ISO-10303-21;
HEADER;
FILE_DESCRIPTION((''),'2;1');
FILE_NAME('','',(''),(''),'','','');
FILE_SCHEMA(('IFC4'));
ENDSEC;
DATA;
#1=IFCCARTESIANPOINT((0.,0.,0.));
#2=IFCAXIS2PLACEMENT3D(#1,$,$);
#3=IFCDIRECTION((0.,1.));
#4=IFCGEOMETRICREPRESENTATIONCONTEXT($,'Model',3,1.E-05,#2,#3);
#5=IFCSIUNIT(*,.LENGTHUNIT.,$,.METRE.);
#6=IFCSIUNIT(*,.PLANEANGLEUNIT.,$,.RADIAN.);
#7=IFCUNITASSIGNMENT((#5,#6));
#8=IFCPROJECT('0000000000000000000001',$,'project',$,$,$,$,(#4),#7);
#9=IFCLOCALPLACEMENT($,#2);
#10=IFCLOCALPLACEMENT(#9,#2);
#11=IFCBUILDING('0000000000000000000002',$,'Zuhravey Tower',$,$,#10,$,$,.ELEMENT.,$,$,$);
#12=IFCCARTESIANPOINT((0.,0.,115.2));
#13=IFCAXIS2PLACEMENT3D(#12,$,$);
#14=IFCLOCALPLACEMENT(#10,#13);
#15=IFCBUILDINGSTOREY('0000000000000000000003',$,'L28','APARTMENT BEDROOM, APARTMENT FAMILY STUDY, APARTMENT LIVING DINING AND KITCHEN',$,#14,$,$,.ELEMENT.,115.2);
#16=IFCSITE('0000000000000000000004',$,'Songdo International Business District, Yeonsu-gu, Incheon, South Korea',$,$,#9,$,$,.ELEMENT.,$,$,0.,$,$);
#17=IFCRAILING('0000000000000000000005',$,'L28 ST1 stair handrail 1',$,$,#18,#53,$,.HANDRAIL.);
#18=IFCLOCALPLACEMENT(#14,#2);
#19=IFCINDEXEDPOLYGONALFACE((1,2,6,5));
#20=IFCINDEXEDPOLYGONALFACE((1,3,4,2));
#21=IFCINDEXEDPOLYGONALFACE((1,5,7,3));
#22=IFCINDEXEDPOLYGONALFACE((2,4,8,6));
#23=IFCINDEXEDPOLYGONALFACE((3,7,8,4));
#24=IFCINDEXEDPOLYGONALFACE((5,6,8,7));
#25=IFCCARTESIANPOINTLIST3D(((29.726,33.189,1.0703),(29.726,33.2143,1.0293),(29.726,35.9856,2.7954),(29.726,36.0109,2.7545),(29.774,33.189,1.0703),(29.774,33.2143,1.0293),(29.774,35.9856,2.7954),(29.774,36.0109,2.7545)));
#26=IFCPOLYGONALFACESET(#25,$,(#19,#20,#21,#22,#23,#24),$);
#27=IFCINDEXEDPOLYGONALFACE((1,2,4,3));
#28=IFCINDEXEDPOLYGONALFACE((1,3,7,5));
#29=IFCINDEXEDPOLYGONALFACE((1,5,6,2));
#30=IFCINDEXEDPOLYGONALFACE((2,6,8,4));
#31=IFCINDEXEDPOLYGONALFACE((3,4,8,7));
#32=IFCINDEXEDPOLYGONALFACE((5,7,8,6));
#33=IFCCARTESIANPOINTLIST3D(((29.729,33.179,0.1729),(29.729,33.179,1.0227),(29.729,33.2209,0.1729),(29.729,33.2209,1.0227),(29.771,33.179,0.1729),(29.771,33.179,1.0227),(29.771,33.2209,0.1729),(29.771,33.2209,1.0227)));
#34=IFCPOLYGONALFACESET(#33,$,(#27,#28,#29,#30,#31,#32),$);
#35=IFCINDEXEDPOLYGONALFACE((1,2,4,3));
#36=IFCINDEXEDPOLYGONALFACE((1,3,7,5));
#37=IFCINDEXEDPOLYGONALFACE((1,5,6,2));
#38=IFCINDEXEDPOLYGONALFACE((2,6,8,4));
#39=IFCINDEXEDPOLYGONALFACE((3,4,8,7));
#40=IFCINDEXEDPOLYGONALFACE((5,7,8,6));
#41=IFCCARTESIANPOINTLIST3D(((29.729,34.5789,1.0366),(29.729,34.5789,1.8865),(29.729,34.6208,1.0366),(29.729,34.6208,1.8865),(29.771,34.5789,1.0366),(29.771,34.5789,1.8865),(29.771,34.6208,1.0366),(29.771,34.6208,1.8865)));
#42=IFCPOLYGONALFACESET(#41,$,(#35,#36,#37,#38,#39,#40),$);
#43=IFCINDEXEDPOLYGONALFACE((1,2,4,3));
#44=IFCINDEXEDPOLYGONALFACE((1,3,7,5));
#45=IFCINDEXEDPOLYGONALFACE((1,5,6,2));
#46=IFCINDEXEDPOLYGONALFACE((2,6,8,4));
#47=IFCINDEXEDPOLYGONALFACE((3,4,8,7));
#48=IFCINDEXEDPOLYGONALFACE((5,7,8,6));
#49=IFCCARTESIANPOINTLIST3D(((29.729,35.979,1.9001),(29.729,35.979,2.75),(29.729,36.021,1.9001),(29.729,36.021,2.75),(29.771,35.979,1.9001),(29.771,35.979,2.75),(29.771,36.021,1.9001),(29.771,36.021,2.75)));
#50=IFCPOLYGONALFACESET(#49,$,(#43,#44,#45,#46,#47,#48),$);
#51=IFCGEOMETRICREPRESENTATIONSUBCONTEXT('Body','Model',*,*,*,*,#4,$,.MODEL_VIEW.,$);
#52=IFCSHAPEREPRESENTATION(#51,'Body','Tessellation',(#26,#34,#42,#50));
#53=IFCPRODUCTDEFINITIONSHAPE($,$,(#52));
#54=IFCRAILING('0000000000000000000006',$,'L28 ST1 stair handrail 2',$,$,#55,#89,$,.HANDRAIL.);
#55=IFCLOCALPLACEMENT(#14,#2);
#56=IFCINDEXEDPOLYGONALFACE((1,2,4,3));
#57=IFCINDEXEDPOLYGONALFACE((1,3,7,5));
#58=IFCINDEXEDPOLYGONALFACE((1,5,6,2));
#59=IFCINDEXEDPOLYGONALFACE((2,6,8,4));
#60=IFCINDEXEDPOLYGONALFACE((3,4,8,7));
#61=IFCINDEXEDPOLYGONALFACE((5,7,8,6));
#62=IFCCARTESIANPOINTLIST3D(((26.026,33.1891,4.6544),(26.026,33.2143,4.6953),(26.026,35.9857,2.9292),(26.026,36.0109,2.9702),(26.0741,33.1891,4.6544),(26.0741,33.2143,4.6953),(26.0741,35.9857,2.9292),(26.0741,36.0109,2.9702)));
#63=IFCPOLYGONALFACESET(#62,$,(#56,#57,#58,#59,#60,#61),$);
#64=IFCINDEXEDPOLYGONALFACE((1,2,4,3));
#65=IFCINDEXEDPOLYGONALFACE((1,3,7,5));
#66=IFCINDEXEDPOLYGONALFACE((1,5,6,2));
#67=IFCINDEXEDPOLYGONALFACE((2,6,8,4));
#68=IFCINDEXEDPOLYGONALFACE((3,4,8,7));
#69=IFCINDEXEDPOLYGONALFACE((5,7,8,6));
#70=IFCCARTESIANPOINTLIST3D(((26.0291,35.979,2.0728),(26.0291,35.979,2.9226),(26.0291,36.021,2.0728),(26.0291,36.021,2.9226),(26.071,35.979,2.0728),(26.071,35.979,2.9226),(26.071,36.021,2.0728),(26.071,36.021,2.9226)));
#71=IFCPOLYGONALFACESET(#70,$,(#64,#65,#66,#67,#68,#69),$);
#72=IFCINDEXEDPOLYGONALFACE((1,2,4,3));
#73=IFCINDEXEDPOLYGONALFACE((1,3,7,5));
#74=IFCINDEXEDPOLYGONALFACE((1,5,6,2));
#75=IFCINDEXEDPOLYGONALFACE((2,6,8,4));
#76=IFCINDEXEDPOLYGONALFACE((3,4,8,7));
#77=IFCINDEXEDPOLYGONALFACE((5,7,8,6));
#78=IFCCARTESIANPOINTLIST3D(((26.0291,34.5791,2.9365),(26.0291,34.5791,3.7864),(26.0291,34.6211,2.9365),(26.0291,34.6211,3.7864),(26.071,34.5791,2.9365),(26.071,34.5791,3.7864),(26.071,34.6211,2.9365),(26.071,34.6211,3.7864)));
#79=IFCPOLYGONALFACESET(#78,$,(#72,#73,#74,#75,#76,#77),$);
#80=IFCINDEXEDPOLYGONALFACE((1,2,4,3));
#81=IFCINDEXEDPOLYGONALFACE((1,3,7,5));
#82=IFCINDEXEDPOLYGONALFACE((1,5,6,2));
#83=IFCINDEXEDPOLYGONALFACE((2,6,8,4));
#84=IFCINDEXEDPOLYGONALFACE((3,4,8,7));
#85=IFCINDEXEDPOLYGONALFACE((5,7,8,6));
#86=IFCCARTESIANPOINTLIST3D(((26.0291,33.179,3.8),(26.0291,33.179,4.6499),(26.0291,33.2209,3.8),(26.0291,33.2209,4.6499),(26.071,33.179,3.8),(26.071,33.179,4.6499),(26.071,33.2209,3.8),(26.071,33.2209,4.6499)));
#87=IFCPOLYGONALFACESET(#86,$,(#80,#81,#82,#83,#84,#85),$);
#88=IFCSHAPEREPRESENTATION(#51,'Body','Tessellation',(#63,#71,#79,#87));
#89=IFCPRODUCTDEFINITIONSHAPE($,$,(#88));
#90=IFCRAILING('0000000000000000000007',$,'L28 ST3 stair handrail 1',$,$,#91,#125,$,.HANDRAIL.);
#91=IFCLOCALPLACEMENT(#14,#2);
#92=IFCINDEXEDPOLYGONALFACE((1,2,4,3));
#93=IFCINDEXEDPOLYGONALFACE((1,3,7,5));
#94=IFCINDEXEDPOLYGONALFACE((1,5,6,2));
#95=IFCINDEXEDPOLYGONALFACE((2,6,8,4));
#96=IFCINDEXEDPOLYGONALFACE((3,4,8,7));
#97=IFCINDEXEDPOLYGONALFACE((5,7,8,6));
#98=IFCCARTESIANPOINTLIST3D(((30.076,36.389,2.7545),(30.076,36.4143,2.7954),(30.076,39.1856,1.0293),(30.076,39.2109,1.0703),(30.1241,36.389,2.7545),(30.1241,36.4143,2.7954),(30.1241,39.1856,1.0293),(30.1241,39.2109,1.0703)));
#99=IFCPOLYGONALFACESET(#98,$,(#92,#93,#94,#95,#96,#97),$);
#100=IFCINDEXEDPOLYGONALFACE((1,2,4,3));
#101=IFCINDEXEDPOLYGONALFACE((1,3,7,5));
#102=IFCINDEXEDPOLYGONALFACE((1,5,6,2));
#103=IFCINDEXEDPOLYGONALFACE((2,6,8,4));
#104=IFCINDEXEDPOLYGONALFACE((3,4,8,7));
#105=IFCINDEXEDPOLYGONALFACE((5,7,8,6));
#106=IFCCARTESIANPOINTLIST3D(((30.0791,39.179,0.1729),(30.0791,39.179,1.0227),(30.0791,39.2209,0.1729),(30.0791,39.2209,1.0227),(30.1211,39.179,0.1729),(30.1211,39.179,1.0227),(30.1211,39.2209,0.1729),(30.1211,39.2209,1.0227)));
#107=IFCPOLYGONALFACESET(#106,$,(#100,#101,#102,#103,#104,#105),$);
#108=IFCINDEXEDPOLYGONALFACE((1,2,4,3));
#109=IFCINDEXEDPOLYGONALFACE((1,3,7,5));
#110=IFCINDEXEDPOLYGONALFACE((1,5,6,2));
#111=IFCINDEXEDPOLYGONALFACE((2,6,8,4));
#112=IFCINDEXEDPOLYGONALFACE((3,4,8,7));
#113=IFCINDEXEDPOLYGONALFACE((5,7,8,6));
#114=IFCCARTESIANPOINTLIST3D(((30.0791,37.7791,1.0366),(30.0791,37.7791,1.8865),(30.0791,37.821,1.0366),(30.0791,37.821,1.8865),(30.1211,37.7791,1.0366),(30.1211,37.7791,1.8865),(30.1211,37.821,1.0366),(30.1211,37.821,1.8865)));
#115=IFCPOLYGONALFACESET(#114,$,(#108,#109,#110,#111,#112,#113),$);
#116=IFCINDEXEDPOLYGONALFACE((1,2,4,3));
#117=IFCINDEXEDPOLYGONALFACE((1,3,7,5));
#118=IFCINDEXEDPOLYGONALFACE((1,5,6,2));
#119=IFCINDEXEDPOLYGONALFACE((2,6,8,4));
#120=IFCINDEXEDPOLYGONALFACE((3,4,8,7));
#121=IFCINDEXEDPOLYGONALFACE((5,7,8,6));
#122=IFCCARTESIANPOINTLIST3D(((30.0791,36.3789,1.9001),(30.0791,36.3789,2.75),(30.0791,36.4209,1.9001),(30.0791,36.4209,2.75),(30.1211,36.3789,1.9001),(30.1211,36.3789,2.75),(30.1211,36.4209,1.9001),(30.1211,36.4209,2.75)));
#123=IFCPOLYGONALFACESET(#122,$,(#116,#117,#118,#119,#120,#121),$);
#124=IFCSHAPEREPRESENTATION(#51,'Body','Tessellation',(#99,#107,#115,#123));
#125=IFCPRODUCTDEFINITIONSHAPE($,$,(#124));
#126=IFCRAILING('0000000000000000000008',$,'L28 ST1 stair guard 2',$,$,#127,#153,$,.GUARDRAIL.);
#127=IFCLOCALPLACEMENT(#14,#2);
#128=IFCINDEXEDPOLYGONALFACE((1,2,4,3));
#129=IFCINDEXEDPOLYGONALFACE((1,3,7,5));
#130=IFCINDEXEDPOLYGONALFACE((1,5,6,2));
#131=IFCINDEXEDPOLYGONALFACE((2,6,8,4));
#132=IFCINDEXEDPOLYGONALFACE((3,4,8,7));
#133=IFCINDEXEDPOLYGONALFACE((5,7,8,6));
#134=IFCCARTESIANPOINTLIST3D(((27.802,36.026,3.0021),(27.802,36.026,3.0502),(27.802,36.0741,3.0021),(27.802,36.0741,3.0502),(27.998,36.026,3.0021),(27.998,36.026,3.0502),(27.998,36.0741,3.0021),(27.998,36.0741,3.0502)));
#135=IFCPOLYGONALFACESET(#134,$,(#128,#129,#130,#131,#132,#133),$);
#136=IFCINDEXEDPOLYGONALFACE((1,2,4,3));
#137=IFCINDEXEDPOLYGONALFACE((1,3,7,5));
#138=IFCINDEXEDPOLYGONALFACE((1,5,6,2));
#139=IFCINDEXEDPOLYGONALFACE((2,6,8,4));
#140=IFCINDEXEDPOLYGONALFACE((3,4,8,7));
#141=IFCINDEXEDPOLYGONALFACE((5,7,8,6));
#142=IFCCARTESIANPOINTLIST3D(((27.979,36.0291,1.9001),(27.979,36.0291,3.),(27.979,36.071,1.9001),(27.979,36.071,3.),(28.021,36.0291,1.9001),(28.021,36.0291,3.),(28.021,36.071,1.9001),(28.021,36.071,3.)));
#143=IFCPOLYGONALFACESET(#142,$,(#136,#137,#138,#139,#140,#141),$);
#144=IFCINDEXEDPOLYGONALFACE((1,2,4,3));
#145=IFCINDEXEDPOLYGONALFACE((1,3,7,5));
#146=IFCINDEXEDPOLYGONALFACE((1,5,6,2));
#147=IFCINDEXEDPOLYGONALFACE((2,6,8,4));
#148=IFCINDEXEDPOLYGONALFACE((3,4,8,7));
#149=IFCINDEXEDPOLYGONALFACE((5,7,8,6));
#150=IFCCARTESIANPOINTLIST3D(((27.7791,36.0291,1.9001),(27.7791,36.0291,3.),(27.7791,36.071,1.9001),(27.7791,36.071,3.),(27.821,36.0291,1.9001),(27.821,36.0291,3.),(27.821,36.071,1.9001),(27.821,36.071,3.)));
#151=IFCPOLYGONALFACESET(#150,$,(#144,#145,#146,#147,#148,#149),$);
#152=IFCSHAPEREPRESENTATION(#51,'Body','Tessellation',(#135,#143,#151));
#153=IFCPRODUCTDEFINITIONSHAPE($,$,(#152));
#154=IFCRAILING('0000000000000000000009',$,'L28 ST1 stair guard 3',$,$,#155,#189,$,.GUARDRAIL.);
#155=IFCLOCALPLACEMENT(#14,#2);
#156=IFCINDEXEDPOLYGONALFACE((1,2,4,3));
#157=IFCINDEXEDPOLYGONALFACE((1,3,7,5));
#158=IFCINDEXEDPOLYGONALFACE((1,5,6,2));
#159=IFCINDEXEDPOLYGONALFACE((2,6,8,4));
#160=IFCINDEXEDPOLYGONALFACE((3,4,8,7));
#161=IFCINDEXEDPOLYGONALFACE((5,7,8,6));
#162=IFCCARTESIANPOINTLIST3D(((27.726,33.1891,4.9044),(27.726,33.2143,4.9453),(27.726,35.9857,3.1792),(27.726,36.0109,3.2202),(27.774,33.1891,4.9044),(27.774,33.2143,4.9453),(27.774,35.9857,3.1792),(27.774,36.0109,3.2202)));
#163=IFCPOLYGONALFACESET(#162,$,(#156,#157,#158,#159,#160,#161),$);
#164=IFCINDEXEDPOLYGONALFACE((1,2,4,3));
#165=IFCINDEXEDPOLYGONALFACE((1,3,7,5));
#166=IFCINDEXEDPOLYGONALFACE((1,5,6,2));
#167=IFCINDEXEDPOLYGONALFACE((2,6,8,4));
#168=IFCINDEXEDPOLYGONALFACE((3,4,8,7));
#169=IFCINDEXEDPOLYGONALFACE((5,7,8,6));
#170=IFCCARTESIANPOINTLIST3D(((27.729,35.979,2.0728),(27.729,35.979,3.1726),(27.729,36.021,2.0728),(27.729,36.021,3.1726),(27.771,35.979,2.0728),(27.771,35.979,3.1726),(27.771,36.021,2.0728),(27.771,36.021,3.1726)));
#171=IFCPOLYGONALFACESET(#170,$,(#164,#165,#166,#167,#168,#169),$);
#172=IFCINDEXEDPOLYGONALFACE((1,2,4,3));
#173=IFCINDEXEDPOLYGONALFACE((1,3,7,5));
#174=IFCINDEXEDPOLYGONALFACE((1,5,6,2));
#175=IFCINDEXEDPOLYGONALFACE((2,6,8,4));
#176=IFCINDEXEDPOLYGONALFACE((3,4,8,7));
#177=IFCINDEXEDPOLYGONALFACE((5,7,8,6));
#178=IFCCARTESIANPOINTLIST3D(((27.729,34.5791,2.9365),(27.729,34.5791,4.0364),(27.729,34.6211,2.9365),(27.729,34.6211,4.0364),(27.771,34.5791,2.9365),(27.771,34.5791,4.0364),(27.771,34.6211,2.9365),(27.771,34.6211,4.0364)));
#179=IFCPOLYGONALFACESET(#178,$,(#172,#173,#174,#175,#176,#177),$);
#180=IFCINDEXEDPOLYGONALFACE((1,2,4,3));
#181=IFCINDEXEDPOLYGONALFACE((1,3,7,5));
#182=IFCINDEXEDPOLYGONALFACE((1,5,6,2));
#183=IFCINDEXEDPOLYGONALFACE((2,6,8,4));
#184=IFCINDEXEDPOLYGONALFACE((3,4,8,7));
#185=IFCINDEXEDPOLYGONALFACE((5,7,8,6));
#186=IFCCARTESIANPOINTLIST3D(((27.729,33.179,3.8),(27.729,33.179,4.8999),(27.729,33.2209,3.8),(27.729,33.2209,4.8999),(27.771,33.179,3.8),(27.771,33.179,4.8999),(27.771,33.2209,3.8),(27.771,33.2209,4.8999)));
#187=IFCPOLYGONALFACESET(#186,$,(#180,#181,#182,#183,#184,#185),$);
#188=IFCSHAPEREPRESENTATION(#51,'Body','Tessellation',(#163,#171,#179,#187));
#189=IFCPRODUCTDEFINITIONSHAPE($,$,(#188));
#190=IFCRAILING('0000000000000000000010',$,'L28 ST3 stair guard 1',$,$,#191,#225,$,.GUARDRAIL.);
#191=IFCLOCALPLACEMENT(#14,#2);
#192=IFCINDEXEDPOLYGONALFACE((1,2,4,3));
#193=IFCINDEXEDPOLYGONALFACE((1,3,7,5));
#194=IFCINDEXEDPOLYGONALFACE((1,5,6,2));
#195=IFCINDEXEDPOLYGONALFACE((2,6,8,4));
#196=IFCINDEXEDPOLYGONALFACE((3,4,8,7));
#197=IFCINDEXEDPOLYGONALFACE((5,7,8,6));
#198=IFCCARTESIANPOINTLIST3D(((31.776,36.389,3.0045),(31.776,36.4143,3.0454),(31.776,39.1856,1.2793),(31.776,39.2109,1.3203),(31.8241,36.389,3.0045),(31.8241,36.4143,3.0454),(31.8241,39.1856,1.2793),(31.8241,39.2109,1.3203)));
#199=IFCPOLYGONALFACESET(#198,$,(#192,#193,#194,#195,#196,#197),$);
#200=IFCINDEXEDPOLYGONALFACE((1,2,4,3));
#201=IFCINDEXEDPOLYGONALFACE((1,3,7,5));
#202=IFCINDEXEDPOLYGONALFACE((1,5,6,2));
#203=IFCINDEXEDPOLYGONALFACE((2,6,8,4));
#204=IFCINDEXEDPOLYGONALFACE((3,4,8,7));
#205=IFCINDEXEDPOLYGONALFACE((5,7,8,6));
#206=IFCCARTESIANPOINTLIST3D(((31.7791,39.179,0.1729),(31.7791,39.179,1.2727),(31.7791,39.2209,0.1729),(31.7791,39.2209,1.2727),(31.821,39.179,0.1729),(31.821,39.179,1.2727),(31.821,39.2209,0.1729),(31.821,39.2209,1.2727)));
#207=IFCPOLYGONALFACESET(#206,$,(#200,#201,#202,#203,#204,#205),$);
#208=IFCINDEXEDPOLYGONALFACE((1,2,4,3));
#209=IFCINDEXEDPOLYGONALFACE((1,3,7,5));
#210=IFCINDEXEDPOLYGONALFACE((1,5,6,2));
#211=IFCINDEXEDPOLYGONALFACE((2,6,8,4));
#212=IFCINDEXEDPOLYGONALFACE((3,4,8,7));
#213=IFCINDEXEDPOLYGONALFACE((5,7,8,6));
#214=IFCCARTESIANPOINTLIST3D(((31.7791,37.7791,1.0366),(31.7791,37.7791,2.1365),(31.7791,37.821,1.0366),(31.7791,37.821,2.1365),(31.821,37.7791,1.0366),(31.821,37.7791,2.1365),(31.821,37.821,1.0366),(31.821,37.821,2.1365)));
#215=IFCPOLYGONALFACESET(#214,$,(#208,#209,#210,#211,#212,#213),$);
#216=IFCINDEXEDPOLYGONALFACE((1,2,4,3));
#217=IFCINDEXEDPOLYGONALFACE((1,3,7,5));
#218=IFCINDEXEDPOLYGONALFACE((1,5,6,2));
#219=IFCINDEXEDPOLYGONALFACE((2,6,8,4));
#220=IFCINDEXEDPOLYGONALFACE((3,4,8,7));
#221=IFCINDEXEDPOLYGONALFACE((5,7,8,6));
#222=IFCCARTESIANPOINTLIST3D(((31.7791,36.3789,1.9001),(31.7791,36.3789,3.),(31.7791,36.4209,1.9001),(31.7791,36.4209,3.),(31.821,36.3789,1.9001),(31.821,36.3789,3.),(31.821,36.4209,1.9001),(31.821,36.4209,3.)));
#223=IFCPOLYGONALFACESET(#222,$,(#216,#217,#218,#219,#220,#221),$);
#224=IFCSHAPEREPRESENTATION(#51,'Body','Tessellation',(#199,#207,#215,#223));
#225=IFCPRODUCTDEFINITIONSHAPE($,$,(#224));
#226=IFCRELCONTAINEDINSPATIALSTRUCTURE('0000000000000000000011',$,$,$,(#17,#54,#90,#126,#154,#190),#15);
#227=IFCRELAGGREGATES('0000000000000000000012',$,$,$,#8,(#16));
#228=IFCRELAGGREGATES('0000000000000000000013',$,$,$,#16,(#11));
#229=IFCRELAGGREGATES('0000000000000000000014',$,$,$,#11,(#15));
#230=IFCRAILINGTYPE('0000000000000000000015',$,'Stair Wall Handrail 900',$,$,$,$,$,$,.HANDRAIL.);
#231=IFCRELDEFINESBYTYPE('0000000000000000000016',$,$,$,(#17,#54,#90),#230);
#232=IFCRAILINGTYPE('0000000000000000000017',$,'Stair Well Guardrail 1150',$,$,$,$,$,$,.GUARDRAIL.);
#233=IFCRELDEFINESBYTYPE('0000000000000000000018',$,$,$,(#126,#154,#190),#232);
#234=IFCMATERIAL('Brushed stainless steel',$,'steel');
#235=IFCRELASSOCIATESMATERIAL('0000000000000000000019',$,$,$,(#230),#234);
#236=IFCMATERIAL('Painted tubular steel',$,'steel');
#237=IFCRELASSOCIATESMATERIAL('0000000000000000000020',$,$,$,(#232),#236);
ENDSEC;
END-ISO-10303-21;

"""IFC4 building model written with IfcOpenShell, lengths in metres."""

from ifc_helpers import new_model, si_unit, direction, frame, origin, origin_2d, place, context, subcontext, project, spatial, rectangle, extrude, material, type_object, element, save


model = new_model("IFC4")

# Units and contexts
model_context = context("Model", 3, precision=1e-05, world=origin(), true_north=direction((0.0, 1.0)))
body_context = subcontext(model_context, "Body", "Model", "MODEL_VIEW")
ifc_project = project(units=[si_unit("LENGTHUNIT", "METRE"), si_unit("PLANEANGLEUNIT", "RADIAN")], contexts=[model_context])

# Site, building, storey
site_placement = place(None, origin())
site = spatial("IfcSite", under=ifc_project, at=site_placement, Name="Songdo International Business District, Yeonsu-gu, Incheon, South Korea", CompositionType="ELEMENT", RefElevation=0.0)
building_placement = place(site_placement, origin())
building = spatial("IfcBuilding", under=site, at=building_placement, Name="Zuhravey Tower", CompositionType="ELEMENT")
storey_placement = place(building_placement, frame((0.0, 0.0, 115.2)))
storey = spatial("IfcBuildingStorey", under=building, at=storey_placement, Name="L28", Description="APARTMENT BEDROOM, APARTMENT FAMILY STUDY, APARTMENT LIVING DINING AND KITCHEN", CompositionType="ELEMENT", Elevation=115.2)

# Railings
ifc_material_1 = material(Name="Brushed stainless steel", Category="steel")
railing_type_1 = type_object("IfcRailingType", Name="Stair Wall Handrail 900", PredefinedType="HANDRAIL", material=ifc_material_1)
railing_1_placement = place(storey_placement, frame((29.75, 33.2, 0.1729)))
element("IfcRailing", 1, at=railing_1_placement, inside=storey, type_object=railing_type_1, Name="L28 ST1 stair handrail 1", PredefinedType="HANDRAIL", context=body_context, shape_type="SweptSolid", body=[
    extrude(rectangle(XDim=0.0481, YDim=0.0481, at=origin_2d()), frame((0.0, 0.0017, 0.877), z_axis=(0.0, 0.85109, 0.52502), x_axis=(-1.0, 0.0, 0.0)), (0.0, 0.0, 1.0), 3.2859),
    extrude(rectangle(XDim=0.042, YDim=0.042, at=origin_2d()), origin(), (0.0, 0.0, 1.0), 0.8499),
    extrude(rectangle(XDim=0.042, YDim=0.042, at=origin_2d()), frame((0.0, 1.3999, 0.8638)), (0.0, 0.0, 1.0), 0.8499),
    extrude(rectangle(XDim=0.042, YDim=0.042, at=origin_2d()), frame((0.0, 2.8, 1.7273)), (0.0, 0.0, 1.0), 0.8499),
])
for number, where, name in (
    (2, (26.05, 36.0, 2.0728), "L28 ST1 stair handrail 2"),
    (3, (30.1001, 39.2, 0.1729), "L28 ST3 stair handrail 1"),
):
    element("IfcRailing", number, at=place(storey_placement, frame(where)), inside=storey, type_object=railing_type_1, Name=name, PredefinedType="HANDRAIL", context=body_context, shape_type="SweptSolid", body=[
        extrude(rectangle(XDim=0.0481, YDim=0.0481, at=origin_2d()), frame((0.0, -0.0017, 0.877), z_axis=(0.0, -0.85109, 0.52502), x_axis=(1.0, 0.0, 0.0)), (0.0, 0.0, 1.0), 3.2859),
        extrude(rectangle(XDim=0.042, YDim=0.042, at=origin_2d()), origin(), (0.0, 0.0, 1.0), 0.8499),
        extrude(rectangle(XDim=0.042, YDim=0.042, at=origin_2d()), frame((0.0, -1.3999, 0.8638)), (0.0, 0.0, 1.0), 0.8499),
        extrude(rectangle(XDim=0.042, YDim=0.042, at=origin_2d()), frame((0.0, -2.8, 1.7273)), (0.0, 0.0, 1.0), 0.8499),
    ])
ifc_material_2 = material(Name="Painted tubular steel", Category="steel")
railing_type_2 = type_object("IfcRailingType", Name="Stair Well Guardrail 1150", PredefinedType="GUARDRAIL", material=ifc_material_2)
railing_2_placement = place(storey_placement, frame((28.0, 36.05, 1.9001)))
element("IfcRailing", 4, at=railing_2_placement, inside=storey, type_object=railing_type_2, Name="L28 ST1 stair guard 2", PredefinedType="GUARDRAIL", context=body_context, shape_type="SweptSolid", body=[
    extrude(rectangle(XDim=0.0481, YDim=0.0481, at=origin_2d()), frame((-0.002, 0.0, 1.126), z_axis=(-1.0, 0.0, 0.0), x_axis=(0.0, -1.0, 0.0)), (0.0, 0.0, 1.0), 0.196),
    extrude(rectangle(XDim=0.042, YDim=0.042, at=origin_2d()), origin(), (0.0, 0.0, 1.0), 1.0999),
    extrude(rectangle(XDim=0.042, YDim=0.042, at=origin_2d()), frame((-0.2, 0.0, 0.0)), (0.0, 0.0, 1.0), 1.0999),
])
for number, where, name in (
    (5, (27.75, 36.0, 2.0728), "L28 ST1 stair guard 3"),
    (6, (31.8, 39.2, 0.1729), "L28 ST3 stair guard 1"),
):
    element("IfcRailing", number, at=place(storey_placement, frame(where)), inside=storey, type_object=railing_type_2, Name=name, PredefinedType="GUARDRAIL", context=body_context, shape_type="SweptSolid", body=[
        extrude(rectangle(XDim=0.0481, YDim=0.0481, at=origin_2d()), frame((0.0, -0.0017, 1.127), z_axis=(0.0, -0.85109, 0.52502), x_axis=(1.0, 0.0, 0.0)), (0.0, 0.0, 1.0), 3.2859),
        extrude(rectangle(XDim=0.042, YDim=0.042, at=origin_2d()), origin(), (0.0, 0.0, 1.0), 1.0999),
        extrude(rectangle(XDim=0.042, YDim=0.042, at=origin_2d()), frame((0.0, -1.3999, 0.8638)), (0.0, 0.0, 1.0), 1.0999),
        extrude(rectangle(XDim=0.042, YDim=0.042, at=origin_2d()), frame((0.0, -2.8, 1.7273)), (0.0, 0.0, 1.0), 1.0999),
    ])

save(model, "model.ifc")
